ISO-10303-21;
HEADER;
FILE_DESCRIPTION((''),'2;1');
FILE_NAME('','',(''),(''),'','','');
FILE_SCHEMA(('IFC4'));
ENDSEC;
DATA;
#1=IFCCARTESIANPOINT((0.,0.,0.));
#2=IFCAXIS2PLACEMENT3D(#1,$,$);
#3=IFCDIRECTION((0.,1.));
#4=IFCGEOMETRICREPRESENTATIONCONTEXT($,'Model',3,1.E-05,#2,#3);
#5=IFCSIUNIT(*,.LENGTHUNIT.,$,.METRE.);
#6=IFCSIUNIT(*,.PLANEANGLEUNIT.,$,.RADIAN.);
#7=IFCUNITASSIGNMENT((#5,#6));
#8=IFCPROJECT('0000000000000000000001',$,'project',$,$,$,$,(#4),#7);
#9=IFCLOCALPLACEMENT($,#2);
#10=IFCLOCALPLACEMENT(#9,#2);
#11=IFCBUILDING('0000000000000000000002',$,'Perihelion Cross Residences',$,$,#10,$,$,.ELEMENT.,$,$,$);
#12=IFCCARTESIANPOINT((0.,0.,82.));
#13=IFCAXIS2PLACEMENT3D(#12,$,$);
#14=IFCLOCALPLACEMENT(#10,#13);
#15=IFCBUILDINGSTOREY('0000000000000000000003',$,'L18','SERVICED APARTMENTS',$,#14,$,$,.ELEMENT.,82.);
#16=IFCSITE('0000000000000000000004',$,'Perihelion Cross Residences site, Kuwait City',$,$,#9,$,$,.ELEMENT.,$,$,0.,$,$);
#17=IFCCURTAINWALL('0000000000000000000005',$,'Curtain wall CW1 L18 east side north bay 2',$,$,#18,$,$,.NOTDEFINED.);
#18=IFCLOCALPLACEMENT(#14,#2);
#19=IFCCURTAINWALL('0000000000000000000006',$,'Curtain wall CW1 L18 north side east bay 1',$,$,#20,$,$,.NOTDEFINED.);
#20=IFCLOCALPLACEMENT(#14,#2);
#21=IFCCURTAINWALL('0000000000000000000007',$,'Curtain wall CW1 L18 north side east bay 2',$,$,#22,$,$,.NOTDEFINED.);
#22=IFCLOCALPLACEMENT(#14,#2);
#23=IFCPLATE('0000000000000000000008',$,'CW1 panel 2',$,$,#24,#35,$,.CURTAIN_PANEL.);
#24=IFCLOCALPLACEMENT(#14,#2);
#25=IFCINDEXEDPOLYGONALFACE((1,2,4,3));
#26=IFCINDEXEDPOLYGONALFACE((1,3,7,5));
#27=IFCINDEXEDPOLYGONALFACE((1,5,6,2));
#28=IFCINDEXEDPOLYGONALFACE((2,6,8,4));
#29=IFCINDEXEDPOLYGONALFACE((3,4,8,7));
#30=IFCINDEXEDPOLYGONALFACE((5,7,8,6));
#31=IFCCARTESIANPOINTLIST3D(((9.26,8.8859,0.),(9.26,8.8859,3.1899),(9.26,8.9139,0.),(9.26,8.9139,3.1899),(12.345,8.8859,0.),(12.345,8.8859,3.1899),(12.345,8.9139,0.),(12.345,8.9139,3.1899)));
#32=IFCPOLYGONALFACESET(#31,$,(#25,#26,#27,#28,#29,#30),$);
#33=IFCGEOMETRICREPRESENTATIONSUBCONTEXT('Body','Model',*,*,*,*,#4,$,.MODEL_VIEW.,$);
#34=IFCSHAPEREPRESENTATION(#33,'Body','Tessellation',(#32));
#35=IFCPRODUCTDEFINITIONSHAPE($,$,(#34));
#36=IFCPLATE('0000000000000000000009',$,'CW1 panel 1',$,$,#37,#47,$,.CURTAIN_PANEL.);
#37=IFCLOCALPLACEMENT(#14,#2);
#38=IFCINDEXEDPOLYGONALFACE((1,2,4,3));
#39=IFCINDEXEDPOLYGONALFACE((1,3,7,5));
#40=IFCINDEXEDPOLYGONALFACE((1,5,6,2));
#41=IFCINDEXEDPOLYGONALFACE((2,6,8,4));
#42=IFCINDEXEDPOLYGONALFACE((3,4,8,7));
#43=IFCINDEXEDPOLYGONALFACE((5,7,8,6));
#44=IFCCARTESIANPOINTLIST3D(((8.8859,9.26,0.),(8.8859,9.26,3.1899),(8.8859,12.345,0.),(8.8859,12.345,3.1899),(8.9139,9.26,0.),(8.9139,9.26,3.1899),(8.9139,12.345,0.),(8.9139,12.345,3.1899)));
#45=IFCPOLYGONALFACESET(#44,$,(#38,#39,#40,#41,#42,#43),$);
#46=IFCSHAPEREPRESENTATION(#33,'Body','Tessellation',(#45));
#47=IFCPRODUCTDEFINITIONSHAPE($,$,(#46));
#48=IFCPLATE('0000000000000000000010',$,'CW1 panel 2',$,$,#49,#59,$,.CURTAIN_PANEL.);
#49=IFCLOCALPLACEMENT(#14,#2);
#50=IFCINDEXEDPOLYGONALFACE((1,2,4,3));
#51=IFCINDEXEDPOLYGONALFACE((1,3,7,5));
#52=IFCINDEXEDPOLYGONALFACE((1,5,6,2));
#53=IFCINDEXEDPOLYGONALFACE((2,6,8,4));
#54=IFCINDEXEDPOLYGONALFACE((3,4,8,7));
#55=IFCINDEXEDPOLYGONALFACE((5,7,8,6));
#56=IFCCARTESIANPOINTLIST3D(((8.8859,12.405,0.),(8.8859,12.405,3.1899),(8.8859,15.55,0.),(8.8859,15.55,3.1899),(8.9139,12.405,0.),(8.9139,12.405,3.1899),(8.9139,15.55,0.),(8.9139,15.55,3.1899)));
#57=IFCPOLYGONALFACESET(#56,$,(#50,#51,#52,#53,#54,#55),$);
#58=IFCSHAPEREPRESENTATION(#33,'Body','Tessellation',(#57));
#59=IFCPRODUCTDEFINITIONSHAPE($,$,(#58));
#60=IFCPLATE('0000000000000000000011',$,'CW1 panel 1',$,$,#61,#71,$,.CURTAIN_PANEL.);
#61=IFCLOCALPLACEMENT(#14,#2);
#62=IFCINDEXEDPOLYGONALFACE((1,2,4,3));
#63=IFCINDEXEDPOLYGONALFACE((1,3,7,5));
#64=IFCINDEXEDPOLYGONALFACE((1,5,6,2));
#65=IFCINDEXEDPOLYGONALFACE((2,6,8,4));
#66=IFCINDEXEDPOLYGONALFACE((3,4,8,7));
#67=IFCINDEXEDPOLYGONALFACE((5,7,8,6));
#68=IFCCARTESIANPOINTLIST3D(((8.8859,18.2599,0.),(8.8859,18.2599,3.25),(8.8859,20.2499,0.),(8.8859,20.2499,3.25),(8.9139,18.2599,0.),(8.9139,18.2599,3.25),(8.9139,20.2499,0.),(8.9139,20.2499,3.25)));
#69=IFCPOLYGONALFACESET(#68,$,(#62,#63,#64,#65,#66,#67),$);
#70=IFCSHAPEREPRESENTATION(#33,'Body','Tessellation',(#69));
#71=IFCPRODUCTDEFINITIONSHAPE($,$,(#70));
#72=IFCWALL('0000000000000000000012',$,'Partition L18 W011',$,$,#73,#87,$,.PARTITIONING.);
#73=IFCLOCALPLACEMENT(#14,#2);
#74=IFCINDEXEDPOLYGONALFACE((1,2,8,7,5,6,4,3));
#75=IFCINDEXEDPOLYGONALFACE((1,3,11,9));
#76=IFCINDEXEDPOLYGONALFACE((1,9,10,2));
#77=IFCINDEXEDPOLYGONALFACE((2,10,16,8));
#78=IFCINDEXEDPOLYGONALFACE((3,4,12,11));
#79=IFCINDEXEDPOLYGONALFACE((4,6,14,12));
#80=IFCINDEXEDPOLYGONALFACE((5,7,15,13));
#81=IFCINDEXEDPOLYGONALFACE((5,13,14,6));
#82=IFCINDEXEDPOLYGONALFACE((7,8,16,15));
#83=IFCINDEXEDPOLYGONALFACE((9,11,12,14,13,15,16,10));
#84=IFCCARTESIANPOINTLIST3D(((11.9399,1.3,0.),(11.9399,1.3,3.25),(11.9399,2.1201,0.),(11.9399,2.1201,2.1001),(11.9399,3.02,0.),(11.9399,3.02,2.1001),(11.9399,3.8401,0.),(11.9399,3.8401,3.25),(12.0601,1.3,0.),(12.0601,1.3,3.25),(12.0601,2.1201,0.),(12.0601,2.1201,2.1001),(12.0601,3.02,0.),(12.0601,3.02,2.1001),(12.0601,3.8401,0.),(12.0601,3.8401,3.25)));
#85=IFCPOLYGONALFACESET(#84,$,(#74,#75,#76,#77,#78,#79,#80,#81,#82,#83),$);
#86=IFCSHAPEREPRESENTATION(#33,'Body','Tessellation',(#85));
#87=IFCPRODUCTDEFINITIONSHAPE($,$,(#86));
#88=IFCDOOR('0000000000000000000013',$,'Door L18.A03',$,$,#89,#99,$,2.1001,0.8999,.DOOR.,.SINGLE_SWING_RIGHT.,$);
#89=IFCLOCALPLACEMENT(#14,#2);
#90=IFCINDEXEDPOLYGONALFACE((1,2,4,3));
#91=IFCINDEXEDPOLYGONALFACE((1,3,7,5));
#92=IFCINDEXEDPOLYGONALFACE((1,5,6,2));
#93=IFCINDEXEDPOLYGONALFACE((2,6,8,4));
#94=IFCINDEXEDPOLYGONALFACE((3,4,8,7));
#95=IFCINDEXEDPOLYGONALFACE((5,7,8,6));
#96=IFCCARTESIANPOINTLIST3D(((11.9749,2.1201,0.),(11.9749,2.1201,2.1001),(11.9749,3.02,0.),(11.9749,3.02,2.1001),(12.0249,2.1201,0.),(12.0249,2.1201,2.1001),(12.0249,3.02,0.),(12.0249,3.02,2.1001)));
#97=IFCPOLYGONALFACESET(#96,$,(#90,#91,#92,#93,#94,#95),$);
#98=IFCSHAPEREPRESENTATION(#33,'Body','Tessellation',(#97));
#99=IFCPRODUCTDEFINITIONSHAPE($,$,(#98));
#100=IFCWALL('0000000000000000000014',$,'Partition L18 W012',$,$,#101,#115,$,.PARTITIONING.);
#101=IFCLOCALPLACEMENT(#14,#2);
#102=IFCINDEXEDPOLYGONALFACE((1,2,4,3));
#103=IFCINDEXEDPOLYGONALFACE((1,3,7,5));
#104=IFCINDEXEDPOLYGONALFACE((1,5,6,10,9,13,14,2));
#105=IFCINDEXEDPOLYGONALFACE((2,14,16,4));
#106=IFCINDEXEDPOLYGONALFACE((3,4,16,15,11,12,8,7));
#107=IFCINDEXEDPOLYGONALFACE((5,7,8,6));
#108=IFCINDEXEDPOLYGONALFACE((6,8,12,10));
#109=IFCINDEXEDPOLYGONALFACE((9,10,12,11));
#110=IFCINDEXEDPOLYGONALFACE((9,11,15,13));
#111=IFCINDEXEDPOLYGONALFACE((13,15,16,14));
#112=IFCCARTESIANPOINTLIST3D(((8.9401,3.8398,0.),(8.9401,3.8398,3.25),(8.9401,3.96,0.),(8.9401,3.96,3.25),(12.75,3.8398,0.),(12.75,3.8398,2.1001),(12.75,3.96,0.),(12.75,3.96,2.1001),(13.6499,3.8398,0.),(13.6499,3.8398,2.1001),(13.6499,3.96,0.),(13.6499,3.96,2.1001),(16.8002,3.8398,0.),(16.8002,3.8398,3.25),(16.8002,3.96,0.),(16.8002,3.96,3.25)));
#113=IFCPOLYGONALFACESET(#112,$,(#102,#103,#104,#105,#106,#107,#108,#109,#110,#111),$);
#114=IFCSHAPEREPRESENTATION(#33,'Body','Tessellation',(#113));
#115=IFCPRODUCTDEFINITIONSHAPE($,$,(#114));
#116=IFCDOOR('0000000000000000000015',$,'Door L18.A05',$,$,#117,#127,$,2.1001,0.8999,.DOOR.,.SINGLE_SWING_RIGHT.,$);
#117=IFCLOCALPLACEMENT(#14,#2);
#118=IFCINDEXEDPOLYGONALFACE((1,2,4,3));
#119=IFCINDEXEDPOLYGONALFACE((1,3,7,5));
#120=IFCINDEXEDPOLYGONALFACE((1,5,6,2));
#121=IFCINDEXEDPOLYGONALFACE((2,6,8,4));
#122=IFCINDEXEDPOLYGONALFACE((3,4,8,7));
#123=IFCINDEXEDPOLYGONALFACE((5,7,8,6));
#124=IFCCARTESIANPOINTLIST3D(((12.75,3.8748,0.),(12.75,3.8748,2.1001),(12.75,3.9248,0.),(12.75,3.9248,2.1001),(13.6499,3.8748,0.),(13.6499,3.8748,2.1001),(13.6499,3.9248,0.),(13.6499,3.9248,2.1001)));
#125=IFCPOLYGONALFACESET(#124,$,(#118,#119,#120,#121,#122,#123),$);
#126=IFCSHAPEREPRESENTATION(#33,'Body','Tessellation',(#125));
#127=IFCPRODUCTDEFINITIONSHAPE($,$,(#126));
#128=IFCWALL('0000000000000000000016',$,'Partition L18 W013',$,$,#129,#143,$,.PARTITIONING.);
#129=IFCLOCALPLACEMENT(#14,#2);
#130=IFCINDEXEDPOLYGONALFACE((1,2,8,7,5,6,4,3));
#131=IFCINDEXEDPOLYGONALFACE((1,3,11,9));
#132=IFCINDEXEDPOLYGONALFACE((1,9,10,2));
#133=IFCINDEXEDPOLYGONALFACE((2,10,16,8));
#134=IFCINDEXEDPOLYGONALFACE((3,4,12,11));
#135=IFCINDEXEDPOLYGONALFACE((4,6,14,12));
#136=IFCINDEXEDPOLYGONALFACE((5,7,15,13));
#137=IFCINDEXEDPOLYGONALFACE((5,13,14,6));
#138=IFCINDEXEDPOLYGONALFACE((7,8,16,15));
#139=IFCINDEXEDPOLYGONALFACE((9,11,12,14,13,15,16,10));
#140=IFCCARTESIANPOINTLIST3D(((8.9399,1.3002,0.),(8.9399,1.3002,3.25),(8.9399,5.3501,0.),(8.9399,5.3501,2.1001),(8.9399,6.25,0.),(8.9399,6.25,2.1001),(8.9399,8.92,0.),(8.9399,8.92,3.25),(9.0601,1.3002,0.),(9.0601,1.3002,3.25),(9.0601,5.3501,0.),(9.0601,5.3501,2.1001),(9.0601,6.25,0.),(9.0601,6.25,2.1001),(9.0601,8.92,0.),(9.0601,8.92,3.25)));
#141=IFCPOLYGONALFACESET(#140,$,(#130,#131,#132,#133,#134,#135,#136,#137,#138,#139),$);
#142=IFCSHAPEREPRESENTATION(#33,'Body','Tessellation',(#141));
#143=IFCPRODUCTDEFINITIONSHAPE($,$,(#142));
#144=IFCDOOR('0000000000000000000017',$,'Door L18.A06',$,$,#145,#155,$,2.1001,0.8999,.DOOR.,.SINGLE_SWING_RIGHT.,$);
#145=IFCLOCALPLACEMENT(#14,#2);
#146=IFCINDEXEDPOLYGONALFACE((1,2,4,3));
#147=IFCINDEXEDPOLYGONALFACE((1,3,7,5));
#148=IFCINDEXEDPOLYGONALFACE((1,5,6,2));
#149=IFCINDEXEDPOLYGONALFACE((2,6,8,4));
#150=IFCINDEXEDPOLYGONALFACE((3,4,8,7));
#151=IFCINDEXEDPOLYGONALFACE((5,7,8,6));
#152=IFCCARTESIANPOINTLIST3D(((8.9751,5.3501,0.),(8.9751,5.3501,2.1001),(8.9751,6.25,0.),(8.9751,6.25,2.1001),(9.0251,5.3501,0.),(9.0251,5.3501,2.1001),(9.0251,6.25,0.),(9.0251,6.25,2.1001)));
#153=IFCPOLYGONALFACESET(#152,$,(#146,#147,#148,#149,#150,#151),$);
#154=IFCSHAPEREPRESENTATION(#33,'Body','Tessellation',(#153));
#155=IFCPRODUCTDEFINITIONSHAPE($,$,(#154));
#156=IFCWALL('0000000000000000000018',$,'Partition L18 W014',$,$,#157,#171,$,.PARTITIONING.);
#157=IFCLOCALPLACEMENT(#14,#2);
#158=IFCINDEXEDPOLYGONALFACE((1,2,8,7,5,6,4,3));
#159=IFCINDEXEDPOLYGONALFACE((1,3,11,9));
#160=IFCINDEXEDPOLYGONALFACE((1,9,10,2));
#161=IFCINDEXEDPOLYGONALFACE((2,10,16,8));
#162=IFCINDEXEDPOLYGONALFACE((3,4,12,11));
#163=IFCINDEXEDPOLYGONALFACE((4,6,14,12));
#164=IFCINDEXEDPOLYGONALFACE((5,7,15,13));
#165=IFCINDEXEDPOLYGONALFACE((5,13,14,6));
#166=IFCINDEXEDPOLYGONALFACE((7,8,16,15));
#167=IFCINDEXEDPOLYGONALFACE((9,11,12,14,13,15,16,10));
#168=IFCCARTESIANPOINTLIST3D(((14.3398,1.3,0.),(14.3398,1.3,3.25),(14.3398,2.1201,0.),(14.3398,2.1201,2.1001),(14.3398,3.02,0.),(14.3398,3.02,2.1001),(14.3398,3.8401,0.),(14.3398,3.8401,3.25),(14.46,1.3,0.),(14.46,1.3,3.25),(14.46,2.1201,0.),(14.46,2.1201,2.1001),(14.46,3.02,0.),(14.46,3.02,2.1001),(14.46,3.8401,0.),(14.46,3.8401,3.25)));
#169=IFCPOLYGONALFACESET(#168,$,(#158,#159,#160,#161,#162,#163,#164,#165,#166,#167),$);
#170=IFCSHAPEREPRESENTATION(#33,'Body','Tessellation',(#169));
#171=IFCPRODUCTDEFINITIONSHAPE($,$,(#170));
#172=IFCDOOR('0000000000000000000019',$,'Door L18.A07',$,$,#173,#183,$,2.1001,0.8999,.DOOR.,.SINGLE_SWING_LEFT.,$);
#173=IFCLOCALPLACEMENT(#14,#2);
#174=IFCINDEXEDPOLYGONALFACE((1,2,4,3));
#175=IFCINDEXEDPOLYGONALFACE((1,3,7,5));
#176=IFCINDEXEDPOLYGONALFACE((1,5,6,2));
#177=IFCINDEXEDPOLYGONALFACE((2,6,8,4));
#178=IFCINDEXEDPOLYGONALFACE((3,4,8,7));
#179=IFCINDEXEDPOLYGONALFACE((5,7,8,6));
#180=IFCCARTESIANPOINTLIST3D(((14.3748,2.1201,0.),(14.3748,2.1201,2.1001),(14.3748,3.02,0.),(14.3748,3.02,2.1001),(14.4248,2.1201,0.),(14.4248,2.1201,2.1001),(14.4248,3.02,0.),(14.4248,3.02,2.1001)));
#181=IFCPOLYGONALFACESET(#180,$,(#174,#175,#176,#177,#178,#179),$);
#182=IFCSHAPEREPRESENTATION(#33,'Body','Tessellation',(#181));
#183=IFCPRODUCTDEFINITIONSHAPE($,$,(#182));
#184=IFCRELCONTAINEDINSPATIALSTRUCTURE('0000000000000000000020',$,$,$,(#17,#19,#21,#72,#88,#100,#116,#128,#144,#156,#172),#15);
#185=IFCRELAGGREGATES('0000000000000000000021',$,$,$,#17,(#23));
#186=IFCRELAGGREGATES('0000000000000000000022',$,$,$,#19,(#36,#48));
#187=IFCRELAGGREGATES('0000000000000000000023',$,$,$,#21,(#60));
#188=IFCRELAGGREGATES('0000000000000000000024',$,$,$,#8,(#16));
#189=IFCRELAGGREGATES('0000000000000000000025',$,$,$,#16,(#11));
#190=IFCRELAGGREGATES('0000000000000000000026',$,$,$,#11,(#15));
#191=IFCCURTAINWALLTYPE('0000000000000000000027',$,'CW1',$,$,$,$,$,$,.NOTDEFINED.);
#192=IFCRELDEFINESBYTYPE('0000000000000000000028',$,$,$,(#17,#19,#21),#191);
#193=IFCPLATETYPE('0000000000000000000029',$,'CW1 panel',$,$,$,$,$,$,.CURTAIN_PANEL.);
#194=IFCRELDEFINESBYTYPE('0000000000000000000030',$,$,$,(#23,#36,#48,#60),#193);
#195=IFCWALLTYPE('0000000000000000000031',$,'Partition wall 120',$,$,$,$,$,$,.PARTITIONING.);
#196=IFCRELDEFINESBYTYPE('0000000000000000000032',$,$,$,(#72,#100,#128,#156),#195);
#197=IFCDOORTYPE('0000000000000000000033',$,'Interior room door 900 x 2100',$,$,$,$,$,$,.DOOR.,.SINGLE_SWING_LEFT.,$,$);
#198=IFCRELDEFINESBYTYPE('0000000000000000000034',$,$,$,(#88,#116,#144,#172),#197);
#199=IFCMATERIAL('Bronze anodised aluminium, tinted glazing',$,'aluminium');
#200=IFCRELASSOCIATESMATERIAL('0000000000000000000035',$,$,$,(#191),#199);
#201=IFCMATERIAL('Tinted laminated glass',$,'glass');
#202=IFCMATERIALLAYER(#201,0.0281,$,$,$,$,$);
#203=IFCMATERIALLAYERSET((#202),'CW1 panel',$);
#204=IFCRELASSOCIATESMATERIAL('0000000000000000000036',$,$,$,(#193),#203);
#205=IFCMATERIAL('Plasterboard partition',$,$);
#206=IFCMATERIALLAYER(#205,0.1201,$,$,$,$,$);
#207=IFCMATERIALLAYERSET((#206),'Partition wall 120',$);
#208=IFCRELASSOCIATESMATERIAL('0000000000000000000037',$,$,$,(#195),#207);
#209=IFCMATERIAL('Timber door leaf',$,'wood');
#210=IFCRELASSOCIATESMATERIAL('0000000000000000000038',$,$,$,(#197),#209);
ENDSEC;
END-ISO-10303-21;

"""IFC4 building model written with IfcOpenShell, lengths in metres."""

from ifc_helpers import new_model, si_unit, direction, frame, frame_2d, origin, origin_2d, place, context, subcontext, project, spatial, rectangle, extrude, material, layer, layer_set, type_object, element, fill, aggregate, save


model = new_model("IFC4")

# Units and contexts
model_context = context("Model", 3, precision=1e-05, world=origin(), true_north=direction((0.0, 1.0)))
body_context = subcontext(model_context, "Body", "Model", "MODEL_VIEW")
ifc_project = project(units=[si_unit("LENGTHUNIT", "METRE"), si_unit("PLANEANGLEUNIT", "RADIAN")], contexts=[model_context])

# Site, building, storey
site_placement = place(None, origin())
site = spatial("IfcSite", under=ifc_project, at=site_placement, Name="Perihelion Cross Residences site, Kuwait City", CompositionType="ELEMENT", RefElevation=0.0)
building_placement = place(site_placement, origin())
building = spatial("IfcBuilding", under=site, at=building_placement, Name="Perihelion Cross Residences", CompositionType="ELEMENT")
storey_placement = place(building_placement, frame((0.0, 0.0, 82.0)))
storey = spatial("IfcBuildingStorey", under=building, at=storey_placement, Name="L18", Description="SERVICED APARTMENTS", CompositionType="ELEMENT", Elevation=82.0)

# Curtain walls
ifc_material_1 = material(Name="Bronze anodised aluminium, tinted glazing", Category="aluminium")
curtain_wall_type = type_object("IfcCurtainWallType", Name="CW1", PredefinedType="NOTDEFINED", material=ifc_material_1)
curtain_wall_1_placement = place(storey_placement, origin())
curtain_wall_1 = element("IfcCurtainWall", 1, at=curtain_wall_1_placement, inside=storey, type_object=curtain_wall_type, Name="Curtain wall CW1 L18 east side north bay 2", PredefinedType="NOTDEFINED")
curtain_wall_2_placement = place(storey_placement, origin())
curtain_wall_2 = element("IfcCurtainWall", 2, at=curtain_wall_2_placement, inside=storey, type_object=curtain_wall_type, Name="Curtain wall CW1 L18 north side east bay 1", PredefinedType="NOTDEFINED")

# Curtain wall
curtain_wall_3_placement = place(storey_placement, origin())
curtain_wall_3 = element("IfcCurtainWall", 3, at=curtain_wall_3_placement, inside=storey, type_object=curtain_wall_type, Name="Curtain wall CW1 L18 north side east bay 2", PredefinedType="NOTDEFINED")

# Plates
ifc_material_2 = material(Name="Tinted laminated glass", Category="glass")
ifc_layer_1 = layer(ifc_material_2, 0.0281)
ifc_layer_set_1 = layer_set([ifc_layer_1], Name="CW1 panel")
plate_type = type_object("IfcPlateType", Name="CW1 panel", PredefinedType="CURTAIN_PANEL", material=ifc_layer_set_1)
plate_1_placement = place(storey_placement, frame((10.8025, 8.8999, 0.0), z_axis=(0.0, 0.0, 1.0), x_axis=(-1.0, 0.0, 0.0)))
plate_1 = element("IfcPlate", 4, at=plate_1_placement, type_object=plate_type, Name="CW1 panel 2", PredefinedType="CURTAIN_PANEL", context=body_context, shape_type="SweptSolid", body=[
    extrude(rectangle(XDim=3.085, YDim=0.0281, at=origin_2d()), origin(), (0.0, 0.0, 1.0), 3.1899),
])
aggregate(curtain_wall_1, [plate_1])
plate_2_placement = place(storey_placement, frame((8.8999, 10.8025, 0.0), z_axis=(0.0, 0.0, 1.0), x_axis=(0.0, 1.0, 0.0)))
plate_2 = element("IfcPlate", 5, at=plate_2_placement, type_object=plate_type, Name="CW1 panel 1", PredefinedType="CURTAIN_PANEL", context=body_context, shape_type="SweptSolid", body=[
    extrude(rectangle(XDim=3.085, YDim=0.0281, at=origin_2d()), origin(), (0.0, 0.0, 1.0), 3.1899),
])
plate_3_placement = place(storey_placement, frame((8.8999, 13.9775, 0.0), z_axis=(0.0, 0.0, 1.0), x_axis=(0.0, 1.0, 0.0)))
plate_3 = element("IfcPlate", 6, at=plate_3_placement, type_object=plate_type, Name="CW1 panel 2", PredefinedType="CURTAIN_PANEL", context=body_context, shape_type="SweptSolid", body=[
    extrude(rectangle(XDim=3.145, YDim=0.0281, at=origin_2d()), origin(), (0.0, 0.0, 1.0), 3.1899),
])
aggregate(curtain_wall_2, [plate_2, plate_3])
plate_4_placement = place(storey_placement, frame((8.8999, 19.2549, 0.0), z_axis=(0.0, 0.0, 1.0), x_axis=(0.0, 1.0, 0.0)))
plate_4 = element("IfcPlate", 7, at=plate_4_placement, type_object=plate_type, Name="CW1 panel 1", PredefinedType="CURTAIN_PANEL", context=body_context, shape_type="SweptSolid", body=[
    extrude(rectangle(XDim=1.99, YDim=0.0281, at=origin_2d()), origin(), (0.0, 0.0, 1.0), 3.25),
])
aggregate(curtain_wall_3, [plate_4])

# Walls, openings, doors
ifc_material_3 = material(Name="Plasterboard partition")
ifc_layer_2 = layer(ifc_material_3, 0.1201)
ifc_layer_set_2 = layer_set([ifc_layer_2], Name="Partition wall 120")
wall_type_1 = type_object("IfcWallType", Name="Partition wall 120", PredefinedType="PARTITIONING", material=ifc_layer_set_2)
wall_1_placement = place(storey_placement, frame((12.0, 3.8401, 0.0), z_axis=(0.0, 0.0, 1.0), x_axis=(0.0, -1.0, 0.0)))
wall_1 = element("IfcWall", 8, at=wall_1_placement, inside=storey, type_object=wall_type_1, Name="Partition L18 W011", PredefinedType="PARTITIONING", context=body_context, shape_type="SweptSolid", body=[
    extrude(rectangle(XDim=2.54, YDim=0.1201, at=frame_2d((1.27, 0.0))), origin(), (0.0, 0.0, 1.0), 3.25),
])
opening_1_placement = place(wall_1_placement, frame((0.8201, 0.0, 0.0)))
opening_1 = element("IfcOpeningElement", 9, at=opening_1_placement, cuts=wall_1, PredefinedType="OPENING", context=body_context, shape_type="SweptSolid", body=[
    extrude(rectangle(XDim=0.8999, YDim=2.1001, at=frame_2d((0.45, 1.05))), frame((0.0, 0.0701, 0.0), z_axis=(0.0, -1.0, 0.0), x_axis=(1.0, 0.0, 0.0)), (0.0, 0.0, 1.0), 0.1401),
])
ifc_material_4 = material(Name="Timber door leaf", Category="wood")
door_type_1 = type_object("IfcDoorType", Name="Interior room door 900 x 2100", OperationType="SINGLE_SWING_LEFT", PredefinedType="DOOR", material=ifc_material_4)
door_1_placement = place(opening_1_placement, origin())
door_1 = element("IfcDoor", 10, at=door_1_placement, inside=storey, type_object=door_type_1, Name="Door L18.A03", OperationType="SINGLE_SWING_RIGHT", OverallHeight=2.1001, OverallWidth=0.8999, PredefinedType="DOOR", context=body_context, shape_type="SweptSolid", body=[
    extrude(rectangle(XDim=0.8999, YDim=2.1001, at=frame_2d((0.45, 1.05))), frame((0.0, 0.0249, 0.0), z_axis=(0.0, -1.0, 0.0), x_axis=(1.0, 0.0, 0.0)), (0.0, 0.0, 1.0), 0.05),
])
fill(opening_1, door_1)
wall_2_placement = place(storey_placement, frame((8.9399, 3.8999, 0.0), z_axis=(0.0, 0.0, 1.0), x_axis=(1.0, 0.0, 0.0)))
wall_2 = element("IfcWall", 11, at=wall_2_placement, inside=storey, type_object=wall_type_1, Name="Partition L18 W012", PredefinedType="PARTITIONING", context=body_context, shape_type="SweptSolid", body=[
    extrude(rectangle(XDim=7.8601, YDim=0.1201, at=frame_2d((3.9302, 0.0))), origin(), (0.0, 0.0, 1.0), 3.25),
])
opening_2_placement = place(wall_2_placement, frame((3.8101, 0.0, 0.0)))
opening_2 = element("IfcOpeningElement", 12, at=opening_2_placement, cuts=wall_2, PredefinedType="OPENING", context=body_context, shape_type="SweptSolid", body=[
    extrude(rectangle(XDim=0.8999, YDim=2.1001, at=frame_2d((0.45, 1.05))), frame((0.0, 0.0701, 0.0), z_axis=(0.0, -1.0, 0.0), x_axis=(1.0, 0.0, 0.0)), (0.0, 0.0, 1.0), 0.1401),
])
door_2_placement = place(opening_2_placement, origin())
door_2 = element("IfcDoor", 13, at=door_2_placement, inside=storey, type_object=door_type_1, Name="Door L18.A05", OperationType="SINGLE_SWING_RIGHT", OverallHeight=2.1001, OverallWidth=0.8999, PredefinedType="DOOR", context=body_context, shape_type="SweptSolid", body=[
    extrude(rectangle(XDim=0.8999, YDim=2.1001, at=frame_2d((0.45, 1.05))), frame((0.0, 0.0249, 0.0), z_axis=(0.0, -1.0, 0.0), x_axis=(1.0, 0.0, 0.0)), (0.0, 0.0, 1.0), 0.05),
])
fill(opening_2, door_2)
wall_3_placement = place(storey_placement, frame((9.0, 1.3, 0.0), z_axis=(0.0, 0.0, 1.0), x_axis=(0.0, 1.0, 0.0)))
wall_3 = element("IfcWall", 14, at=wall_3_placement, inside=storey, type_object=wall_type_1, Name="Partition L18 W013", PredefinedType="PARTITIONING", context=body_context, shape_type="SweptSolid", body=[
    extrude(rectangle(XDim=7.6199, YDim=0.1201, at=frame_2d((3.8101, 0.0))), origin(), (0.0, 0.0, 1.0), 3.25),
])
opening_3_placement = place(wall_3_placement, frame((4.05, 0.0, 0.0)))
opening_3 = element("IfcOpeningElement", 15, at=opening_3_placement, cuts=wall_3, PredefinedType="OPENING", context=body_context, shape_type="SweptSolid", body=[
    extrude(rectangle(XDim=0.8999, YDim=2.1001, at=frame_2d((0.45, 1.05))), frame((0.0, 0.0701, 0.0), z_axis=(0.0, -1.0, 0.0), x_axis=(1.0, 0.0, 0.0)), (0.0, 0.0, 1.0), 0.1401),
])
door_3_placement = place(opening_3_placement, origin())
door_3 = element("IfcDoor", 16, at=door_3_placement, inside=storey, type_object=door_type_1, Name="Door L18.A06", OperationType="SINGLE_SWING_RIGHT", OverallHeight=2.1001, OverallWidth=0.8999, PredefinedType="DOOR", context=body_context, shape_type="SweptSolid", body=[
    extrude(rectangle(XDim=0.8999, YDim=2.1001, at=frame_2d((0.45, 1.05))), frame((0.0, 0.0249, 0.0), z_axis=(0.0, -1.0, 0.0), x_axis=(1.0, 0.0, 0.0)), (0.0, 0.0, 1.0), 0.05),
])
fill(opening_3, door_3)
wall_4_placement = place(storey_placement, frame((14.3999, 3.8401, 0.0), z_axis=(0.0, 0.0, 1.0), x_axis=(0.0, -1.0, 0.0)))
wall_4 = element("IfcWall", 17, at=wall_4_placement, inside=storey, type_object=wall_type_1, Name="Partition L18 W014", PredefinedType="PARTITIONING", context=body_context, shape_type="SweptSolid", body=[
    extrude(rectangle(XDim=2.54, YDim=0.1201, at=frame_2d((1.27, 0.0))), origin(), (0.0, 0.0, 1.0), 3.25),
])
opening_4_placement = place(wall_4_placement, frame((0.8201, 0.0, 0.0)))
opening_4 = element("IfcOpeningElement", 18, at=opening_4_placement, cuts=wall_4, PredefinedType="OPENING", context=body_context, shape_type="SweptSolid", body=[
    extrude(rectangle(XDim=0.8999, YDim=2.1001, at=frame_2d((0.45, 1.05))), frame((0.0, 0.0701, 0.0), z_axis=(0.0, -1.0, 0.0), x_axis=(1.0, 0.0, 0.0)), (0.0, 0.0, 1.0), 0.1401),
])
door_4_placement = place(opening_4_placement, origin())
door_4 = element("IfcDoor", 19, at=door_4_placement, inside=storey, type_object=door_type_1, Name="Door L18.A07", OperationType="SINGLE_SWING_LEFT", OverallHeight=2.1001, OverallWidth=0.8999, PredefinedType="DOOR", context=body_context, shape_type="SweptSolid", body=[
    extrude(rectangle(XDim=0.8999, YDim=2.1001, at=frame_2d((0.45, 1.05))), frame((0.0, 0.0249, 0.0), z_axis=(0.0, -1.0, 0.0), x_axis=(1.0, 0.0, 0.0)), (0.0, 0.0, 1.0), 0.05),
])
fill(opening_4, door_4)

save(model, "model.ifc")
